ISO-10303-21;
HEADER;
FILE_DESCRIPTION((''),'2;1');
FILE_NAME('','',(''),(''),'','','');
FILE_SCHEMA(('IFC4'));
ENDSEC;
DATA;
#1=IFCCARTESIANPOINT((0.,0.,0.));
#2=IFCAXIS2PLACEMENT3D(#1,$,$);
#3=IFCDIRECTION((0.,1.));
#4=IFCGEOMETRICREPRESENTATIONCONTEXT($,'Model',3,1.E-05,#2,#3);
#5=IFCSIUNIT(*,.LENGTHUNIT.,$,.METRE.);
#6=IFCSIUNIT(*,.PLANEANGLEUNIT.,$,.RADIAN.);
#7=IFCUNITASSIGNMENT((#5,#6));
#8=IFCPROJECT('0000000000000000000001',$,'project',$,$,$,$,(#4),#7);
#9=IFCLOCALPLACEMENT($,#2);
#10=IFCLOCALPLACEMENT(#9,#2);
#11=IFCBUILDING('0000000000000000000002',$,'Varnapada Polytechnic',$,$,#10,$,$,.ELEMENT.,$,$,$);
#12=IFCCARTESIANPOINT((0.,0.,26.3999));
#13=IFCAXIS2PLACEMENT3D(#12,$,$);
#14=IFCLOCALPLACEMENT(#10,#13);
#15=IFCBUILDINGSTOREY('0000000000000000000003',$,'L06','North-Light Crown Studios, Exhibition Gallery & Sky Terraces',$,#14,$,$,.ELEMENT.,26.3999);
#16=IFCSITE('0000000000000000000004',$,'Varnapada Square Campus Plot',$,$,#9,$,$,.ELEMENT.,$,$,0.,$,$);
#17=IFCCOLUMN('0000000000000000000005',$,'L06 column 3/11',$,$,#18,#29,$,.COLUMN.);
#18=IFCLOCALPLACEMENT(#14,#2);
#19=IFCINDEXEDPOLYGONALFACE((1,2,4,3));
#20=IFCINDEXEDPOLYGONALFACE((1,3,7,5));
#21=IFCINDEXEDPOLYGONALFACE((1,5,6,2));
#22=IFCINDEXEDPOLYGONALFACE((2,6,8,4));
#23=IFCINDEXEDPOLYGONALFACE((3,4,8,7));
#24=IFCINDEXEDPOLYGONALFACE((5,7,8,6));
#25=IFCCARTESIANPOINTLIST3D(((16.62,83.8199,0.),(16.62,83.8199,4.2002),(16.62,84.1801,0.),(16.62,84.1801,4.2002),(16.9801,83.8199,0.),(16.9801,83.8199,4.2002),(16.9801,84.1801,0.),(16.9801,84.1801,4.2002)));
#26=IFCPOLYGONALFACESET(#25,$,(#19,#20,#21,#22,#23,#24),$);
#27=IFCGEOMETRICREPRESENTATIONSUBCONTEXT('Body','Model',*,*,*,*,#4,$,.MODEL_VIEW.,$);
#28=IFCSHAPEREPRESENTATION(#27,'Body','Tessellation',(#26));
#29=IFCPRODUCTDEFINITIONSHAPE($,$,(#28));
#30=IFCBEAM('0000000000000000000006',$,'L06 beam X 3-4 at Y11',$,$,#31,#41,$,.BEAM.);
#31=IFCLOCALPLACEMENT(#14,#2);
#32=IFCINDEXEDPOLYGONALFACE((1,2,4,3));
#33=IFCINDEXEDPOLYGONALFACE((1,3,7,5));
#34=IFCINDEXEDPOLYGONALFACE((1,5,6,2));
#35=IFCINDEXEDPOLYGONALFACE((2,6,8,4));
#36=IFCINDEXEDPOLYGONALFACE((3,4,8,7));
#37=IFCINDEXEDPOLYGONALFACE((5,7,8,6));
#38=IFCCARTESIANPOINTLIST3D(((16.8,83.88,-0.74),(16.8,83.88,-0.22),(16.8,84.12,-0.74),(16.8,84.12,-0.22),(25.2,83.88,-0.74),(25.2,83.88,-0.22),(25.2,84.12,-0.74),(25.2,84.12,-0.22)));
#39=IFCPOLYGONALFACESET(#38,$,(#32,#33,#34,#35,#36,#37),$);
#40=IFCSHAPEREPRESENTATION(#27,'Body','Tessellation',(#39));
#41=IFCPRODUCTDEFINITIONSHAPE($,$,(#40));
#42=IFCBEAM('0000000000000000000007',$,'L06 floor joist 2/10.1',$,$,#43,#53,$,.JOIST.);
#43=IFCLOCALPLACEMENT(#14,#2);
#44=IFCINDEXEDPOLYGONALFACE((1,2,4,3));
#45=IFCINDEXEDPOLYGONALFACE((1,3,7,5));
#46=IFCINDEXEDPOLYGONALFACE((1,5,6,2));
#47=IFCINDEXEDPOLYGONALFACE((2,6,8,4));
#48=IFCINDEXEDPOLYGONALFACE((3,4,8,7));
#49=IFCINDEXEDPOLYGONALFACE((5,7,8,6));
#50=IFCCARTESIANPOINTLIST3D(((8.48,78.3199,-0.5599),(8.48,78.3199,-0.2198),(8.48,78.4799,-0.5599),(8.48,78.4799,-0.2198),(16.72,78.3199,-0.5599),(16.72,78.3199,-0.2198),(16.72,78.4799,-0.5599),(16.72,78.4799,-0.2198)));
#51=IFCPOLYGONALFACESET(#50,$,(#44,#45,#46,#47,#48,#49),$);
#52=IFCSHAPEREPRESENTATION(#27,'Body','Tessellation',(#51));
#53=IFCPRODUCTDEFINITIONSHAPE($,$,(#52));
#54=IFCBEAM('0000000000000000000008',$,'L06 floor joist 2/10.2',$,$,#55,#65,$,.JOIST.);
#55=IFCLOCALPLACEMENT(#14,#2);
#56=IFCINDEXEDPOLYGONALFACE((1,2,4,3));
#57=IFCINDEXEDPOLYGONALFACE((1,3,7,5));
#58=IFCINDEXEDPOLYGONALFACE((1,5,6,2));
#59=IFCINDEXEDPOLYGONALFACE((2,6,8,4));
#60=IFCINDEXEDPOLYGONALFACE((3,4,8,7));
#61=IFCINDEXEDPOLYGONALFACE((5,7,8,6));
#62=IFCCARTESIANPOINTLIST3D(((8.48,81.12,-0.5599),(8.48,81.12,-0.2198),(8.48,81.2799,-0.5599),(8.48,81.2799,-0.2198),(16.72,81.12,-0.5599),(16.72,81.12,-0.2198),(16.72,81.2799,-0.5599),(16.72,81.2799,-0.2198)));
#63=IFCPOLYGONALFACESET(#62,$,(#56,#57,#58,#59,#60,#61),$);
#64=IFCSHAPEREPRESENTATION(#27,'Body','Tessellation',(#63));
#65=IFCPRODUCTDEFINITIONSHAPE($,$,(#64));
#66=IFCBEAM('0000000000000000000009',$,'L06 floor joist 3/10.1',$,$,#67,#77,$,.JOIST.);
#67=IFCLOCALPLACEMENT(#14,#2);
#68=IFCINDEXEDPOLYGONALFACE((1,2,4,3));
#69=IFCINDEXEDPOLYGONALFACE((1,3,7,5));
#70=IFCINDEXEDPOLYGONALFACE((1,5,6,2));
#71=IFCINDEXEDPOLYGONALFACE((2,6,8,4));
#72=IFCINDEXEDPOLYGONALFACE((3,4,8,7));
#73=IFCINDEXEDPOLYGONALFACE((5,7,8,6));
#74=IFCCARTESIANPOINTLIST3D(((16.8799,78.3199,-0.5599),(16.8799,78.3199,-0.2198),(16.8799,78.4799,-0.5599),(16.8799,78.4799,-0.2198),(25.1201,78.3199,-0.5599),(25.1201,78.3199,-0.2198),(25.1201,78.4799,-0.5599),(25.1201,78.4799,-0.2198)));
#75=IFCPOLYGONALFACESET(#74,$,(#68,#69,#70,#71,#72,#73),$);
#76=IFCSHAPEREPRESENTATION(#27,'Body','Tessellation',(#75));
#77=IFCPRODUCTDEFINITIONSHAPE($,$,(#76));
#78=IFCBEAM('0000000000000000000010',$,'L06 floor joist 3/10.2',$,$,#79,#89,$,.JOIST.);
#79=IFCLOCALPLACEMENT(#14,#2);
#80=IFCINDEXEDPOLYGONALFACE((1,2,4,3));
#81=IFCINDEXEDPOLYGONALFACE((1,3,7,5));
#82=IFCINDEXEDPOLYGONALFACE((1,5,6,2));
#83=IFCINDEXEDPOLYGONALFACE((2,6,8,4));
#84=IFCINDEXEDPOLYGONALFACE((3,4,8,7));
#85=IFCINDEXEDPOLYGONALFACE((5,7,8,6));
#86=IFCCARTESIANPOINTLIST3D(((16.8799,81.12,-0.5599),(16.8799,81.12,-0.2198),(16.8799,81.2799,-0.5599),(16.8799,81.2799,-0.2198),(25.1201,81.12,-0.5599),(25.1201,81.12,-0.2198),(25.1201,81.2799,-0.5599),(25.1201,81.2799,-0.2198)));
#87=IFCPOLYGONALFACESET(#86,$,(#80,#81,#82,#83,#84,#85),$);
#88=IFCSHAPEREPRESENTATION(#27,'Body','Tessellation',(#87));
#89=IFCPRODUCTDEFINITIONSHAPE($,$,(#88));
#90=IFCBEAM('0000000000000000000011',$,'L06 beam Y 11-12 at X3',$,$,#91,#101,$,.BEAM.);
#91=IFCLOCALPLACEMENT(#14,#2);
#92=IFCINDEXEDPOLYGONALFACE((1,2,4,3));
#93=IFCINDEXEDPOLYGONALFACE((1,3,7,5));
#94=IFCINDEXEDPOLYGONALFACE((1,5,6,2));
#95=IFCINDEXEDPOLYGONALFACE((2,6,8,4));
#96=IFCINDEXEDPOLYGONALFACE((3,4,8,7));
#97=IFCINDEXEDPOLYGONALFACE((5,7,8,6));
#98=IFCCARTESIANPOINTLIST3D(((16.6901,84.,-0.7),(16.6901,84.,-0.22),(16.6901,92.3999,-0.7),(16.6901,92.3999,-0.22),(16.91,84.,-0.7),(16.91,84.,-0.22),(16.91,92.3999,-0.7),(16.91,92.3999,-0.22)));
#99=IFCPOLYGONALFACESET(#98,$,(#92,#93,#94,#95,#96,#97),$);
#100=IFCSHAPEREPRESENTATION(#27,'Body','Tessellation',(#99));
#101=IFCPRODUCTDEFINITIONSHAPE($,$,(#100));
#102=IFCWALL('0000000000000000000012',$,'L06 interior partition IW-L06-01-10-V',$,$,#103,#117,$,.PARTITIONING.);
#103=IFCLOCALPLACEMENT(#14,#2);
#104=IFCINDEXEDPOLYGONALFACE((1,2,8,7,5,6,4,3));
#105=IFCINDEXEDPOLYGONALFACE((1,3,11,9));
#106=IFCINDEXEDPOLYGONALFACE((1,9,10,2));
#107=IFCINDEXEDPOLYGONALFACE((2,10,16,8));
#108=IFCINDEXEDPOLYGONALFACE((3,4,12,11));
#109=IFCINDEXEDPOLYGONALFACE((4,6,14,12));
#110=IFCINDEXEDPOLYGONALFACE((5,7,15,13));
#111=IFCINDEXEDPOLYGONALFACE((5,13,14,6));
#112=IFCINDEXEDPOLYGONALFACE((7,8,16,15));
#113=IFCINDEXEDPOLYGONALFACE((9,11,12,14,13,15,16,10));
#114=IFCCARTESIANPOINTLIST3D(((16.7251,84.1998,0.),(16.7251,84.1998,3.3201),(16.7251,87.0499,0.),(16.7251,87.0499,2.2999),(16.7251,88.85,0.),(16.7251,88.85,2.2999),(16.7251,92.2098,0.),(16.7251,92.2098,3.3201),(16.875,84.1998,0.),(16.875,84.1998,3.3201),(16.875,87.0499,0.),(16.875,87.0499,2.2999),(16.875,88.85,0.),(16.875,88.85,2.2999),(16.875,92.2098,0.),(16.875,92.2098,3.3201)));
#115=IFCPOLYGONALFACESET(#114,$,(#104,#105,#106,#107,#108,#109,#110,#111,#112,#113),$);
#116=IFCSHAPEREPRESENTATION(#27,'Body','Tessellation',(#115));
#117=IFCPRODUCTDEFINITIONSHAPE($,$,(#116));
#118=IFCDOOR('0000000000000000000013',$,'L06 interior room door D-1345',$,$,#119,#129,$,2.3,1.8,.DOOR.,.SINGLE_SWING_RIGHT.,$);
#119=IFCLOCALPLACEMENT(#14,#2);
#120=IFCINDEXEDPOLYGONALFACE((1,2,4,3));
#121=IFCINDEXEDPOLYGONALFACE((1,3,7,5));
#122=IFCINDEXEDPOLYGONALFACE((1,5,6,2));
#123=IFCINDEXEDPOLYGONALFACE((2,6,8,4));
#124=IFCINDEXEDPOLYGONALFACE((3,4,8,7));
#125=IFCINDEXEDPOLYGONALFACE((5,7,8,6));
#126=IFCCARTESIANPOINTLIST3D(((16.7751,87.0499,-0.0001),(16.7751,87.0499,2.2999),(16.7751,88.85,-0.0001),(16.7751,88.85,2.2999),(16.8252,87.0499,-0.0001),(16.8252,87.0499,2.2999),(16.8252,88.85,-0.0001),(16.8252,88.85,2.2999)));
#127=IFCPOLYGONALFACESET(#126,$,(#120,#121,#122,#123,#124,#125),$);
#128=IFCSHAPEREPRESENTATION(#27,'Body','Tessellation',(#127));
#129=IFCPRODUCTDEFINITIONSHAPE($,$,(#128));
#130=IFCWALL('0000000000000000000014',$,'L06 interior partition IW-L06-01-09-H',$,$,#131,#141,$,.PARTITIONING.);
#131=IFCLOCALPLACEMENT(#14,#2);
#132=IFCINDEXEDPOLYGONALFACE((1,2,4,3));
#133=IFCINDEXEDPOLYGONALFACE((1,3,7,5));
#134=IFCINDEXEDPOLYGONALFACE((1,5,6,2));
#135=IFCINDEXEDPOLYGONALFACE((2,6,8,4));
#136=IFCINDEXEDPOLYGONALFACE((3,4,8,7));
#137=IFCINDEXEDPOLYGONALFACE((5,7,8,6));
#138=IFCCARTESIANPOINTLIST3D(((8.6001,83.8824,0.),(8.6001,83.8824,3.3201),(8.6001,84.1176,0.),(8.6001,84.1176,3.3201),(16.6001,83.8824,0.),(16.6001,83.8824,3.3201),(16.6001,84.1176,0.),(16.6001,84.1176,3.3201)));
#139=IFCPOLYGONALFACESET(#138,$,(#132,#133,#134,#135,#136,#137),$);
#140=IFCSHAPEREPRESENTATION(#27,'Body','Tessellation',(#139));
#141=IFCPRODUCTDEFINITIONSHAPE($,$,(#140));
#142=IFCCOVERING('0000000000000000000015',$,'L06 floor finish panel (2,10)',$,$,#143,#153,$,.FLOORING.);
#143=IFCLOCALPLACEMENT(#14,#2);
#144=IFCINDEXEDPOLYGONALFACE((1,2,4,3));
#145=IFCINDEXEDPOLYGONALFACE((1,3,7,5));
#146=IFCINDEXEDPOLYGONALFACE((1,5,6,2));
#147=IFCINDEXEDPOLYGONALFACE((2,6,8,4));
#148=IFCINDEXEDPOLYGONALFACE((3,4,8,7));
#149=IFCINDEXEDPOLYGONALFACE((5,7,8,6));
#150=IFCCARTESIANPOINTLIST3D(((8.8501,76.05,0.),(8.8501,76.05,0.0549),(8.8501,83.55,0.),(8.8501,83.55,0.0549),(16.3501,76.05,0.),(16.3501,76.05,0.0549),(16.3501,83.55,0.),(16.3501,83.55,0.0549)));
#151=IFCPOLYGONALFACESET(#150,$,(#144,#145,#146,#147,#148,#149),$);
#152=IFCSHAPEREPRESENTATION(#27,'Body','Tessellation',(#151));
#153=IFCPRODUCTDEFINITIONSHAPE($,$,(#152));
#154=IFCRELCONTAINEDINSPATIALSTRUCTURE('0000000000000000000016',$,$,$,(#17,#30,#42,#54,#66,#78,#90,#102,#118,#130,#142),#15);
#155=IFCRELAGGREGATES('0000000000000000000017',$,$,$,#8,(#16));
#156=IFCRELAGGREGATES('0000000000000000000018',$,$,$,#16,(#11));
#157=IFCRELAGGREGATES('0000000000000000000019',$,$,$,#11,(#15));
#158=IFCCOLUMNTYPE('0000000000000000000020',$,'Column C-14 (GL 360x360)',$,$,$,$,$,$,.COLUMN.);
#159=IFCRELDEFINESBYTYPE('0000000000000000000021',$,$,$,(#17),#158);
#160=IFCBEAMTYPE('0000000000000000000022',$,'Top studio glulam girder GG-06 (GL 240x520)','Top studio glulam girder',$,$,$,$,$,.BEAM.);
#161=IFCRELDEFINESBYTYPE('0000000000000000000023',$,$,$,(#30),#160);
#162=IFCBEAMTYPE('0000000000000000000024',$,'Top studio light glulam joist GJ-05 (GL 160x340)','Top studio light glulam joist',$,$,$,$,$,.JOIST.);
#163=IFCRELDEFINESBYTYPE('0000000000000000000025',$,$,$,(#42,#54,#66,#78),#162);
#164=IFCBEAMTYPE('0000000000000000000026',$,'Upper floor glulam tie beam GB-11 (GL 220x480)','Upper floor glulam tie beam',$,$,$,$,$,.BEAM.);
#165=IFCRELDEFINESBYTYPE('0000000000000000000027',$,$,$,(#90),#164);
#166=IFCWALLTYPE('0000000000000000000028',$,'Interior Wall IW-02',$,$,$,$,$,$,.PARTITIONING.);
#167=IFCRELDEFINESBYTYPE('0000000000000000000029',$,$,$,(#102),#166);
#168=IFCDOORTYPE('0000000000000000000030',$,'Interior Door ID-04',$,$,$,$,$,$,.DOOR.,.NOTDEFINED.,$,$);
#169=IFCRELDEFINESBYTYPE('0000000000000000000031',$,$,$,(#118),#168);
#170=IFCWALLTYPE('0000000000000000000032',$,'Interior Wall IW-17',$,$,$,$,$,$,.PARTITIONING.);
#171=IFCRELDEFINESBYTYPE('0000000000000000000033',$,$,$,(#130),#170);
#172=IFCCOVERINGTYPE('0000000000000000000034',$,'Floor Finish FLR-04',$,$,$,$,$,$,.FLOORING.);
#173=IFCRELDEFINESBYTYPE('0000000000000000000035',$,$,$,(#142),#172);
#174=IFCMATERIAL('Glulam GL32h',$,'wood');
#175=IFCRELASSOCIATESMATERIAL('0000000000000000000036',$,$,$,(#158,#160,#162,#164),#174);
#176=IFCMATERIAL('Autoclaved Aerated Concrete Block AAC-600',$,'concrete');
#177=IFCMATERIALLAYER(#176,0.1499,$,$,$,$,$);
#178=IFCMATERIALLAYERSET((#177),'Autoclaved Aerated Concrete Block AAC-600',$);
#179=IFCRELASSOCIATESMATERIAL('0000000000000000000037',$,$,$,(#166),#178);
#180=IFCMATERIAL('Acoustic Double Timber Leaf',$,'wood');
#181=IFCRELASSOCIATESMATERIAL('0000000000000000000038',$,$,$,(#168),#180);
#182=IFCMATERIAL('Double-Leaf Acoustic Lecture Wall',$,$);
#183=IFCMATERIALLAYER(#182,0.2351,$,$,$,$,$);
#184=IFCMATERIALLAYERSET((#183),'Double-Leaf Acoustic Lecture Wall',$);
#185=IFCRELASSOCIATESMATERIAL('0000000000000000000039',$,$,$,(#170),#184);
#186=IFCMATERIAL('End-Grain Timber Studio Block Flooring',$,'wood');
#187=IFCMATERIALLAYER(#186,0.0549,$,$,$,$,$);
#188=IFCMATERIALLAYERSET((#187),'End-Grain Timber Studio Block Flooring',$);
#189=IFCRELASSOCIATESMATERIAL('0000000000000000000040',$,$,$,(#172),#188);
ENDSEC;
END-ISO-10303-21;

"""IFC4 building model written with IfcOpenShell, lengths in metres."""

from ifc_helpers import new_model, si_unit, direction, frame, frame_2d, origin, origin_2d, place, context, subcontext, project, spatial, rectangle, extrude, material, layer, layer_set, material_profile, profile_set, type_object, element, fill, save


model = new_model("IFC4")

# Units and contexts
model_context = context("Model", 3, precision=1e-05, world=origin(), true_north=direction((0.0, 1.0)))
body_context = subcontext(model_context, "Body", "Model", "MODEL_VIEW")
ifc_project = project(units=[si_unit("LENGTHUNIT", "METRE"), si_unit("PLANEANGLEUNIT", "RADIAN")], contexts=[model_context])

# Site, building, storey
site_placement = place(None, origin())
site = spatial("IfcSite", under=ifc_project, at=site_placement, Name="Varnapada Square Campus Plot", CompositionType="ELEMENT", RefElevation=0.0)
building_placement = place(site_placement, origin())
building = spatial("IfcBuilding", under=site, at=building_placement, Name="Varnapada Polytechnic", CompositionType="ELEMENT")
storey_placement = place(building_placement, frame((0.0, 0.0, 26.3999)))
storey = spatial("IfcBuildingStorey", under=building, at=storey_placement, Name="L06", Description="North-Light Crown Studios, Exhibition Gallery & Sky Terraces", CompositionType="ELEMENT", Elevation=26.3999)

# Column
ifc_material_1 = material(Name="Glulam GL32h", Category="wood")
ifc_material_profile_1 = material_profile(ifc_material_1, rectangle(XDim=0.3601, YDim=0.3601, at=origin_2d()), Name="GL 360x360")
ifc_profile_set_1 = profile_set([ifc_material_profile_1], Name="Glulam GL32h")
column_type = type_object("IfcColumnType", Name="Column C-14 (GL 360x360)", PredefinedType="COLUMN", material=ifc_profile_set_1)
column_placement = place(storey_placement, frame((16.8, 84.0, 0.0), z_axis=(0.0, 0.0, 1.0), x_axis=(1.0, 0.0, 0.0)))
element("IfcColumn", 1, at=column_placement, inside=storey, type_object=column_type, Name="L06 column 3/11", PredefinedType="COLUMN", context=body_context, shape_type="SweptSolid", body=[
    extrude(rectangle(XDim=0.3601, YDim=0.3601, at=origin_2d()), origin(), (0.0, 0.0, 1.0), 4.2002),
])

# Beams
ifc_material_profile_2 = material_profile(ifc_material_1, rectangle(XDim=0.24, YDim=0.52, at=origin_2d()), Name="GL 240x520")
ifc_profile_set_2 = profile_set([ifc_material_profile_2], Name="Glulam GL32h")
beam_type_1 = type_object("IfcBeamType", Name="Top studio glulam girder GG-06 (GL 240x520)", Description="Top studio glulam girder", PredefinedType="BEAM", material=ifc_profile_set_2)
beam_1_placement = place(storey_placement, frame((16.8, 84.0, -0.48), z_axis=(1.0, 0.0, 0.0), x_axis=(0.0, 1.0, 0.0)))
element("IfcBeam", 2, at=beam_1_placement, inside=storey, type_object=beam_type_1, Name="L06 beam X 3-4 at Y11", PredefinedType="BEAM", context=body_context, shape_type="SweptSolid", body=[
    extrude(rectangle(XDim=0.24, YDim=0.52, at=origin_2d()), origin(), (0.0, 0.0, 1.0), 8.3999),
])
ifc_material_profile_3 = material_profile(ifc_material_1, rectangle(XDim=0.1599, YDim=0.3401, at=origin_2d()), Name="GL 160x340")
ifc_profile_set_3 = profile_set([ifc_material_profile_3], Name="Glulam GL32h")
beam_type_2 = type_object("IfcBeamType", Name="Top studio light glulam joist GJ-05 (GL 160x340)", Description="Top studio light glulam joist", PredefinedType="JOIST", material=ifc_profile_set_3)
for number, where, z_axis, x_axis, name in (
    (3, (8.48, 78.3999, -0.3899), (1.0, 0.0, 0.0), (0.0, 1.0, 0.0), "L06 floor joist 2/10.1"),
    (4, (8.48, 81.2, -0.3899), (1.0, 0.0, 0.0), (0.0, 1.0, 0.0), "L06 floor joist 2/10.2"),
):
    element("IfcBeam", number, at=place(storey_placement, frame(where, z_axis=z_axis, x_axis=x_axis)), inside=storey, type_object=beam_type_2, Name=name, PredefinedType="JOIST", context=body_context, shape_type="SweptSolid", body=[
        extrude(rectangle(XDim=0.1599, YDim=0.3401, at=origin_2d()), origin(), (0.0, 0.0, 1.0), 8.24),
    ])
for number, where, z_axis, x_axis, name in (
    (5, (16.8799, 78.3999, -0.3899), (1.0, 0.0, 0.0), (0.0, 1.0, 0.0), "L06 floor joist 3/10.1"),
    (6, (16.8799, 81.2, -0.3899), (1.0, 0.0, 0.0), (0.0, 1.0, 0.0), "L06 floor joist 3/10.2"),
):
    element("IfcBeam", number, at=place(storey_placement, frame(where, z_axis=z_axis, x_axis=x_axis)), inside=storey, type_object=beam_type_2, Name=name, PredefinedType="JOIST", context=body_context, shape_type="SweptSolid", body=[
        extrude(rectangle(XDim=0.1599, YDim=0.3401, at=origin_2d()), origin(), (0.0, 0.0, 1.0), 8.2402),
    ])
ifc_material_profile_4 = material_profile(ifc_material_1, rectangle(XDim=0.22, YDim=0.48, at=origin_2d()), Name="GL 220x480")
ifc_profile_set_4 = profile_set([ifc_material_profile_4], Name="Glulam GL32h")
beam_type_3 = type_object("IfcBeamType", Name="Upper floor glulam tie beam GB-11 (GL 220x480)", Description="Upper floor glulam tie beam", PredefinedType="BEAM", material=ifc_profile_set_4)
beam_2_placement = place(storey_placement, frame((16.8, 84.0, -0.46), z_axis=(0.0, 1.0, 0.0), x_axis=(-1.0, 0.0, 0.0)))
element("IfcBeam", 7, at=beam_2_placement, inside=storey, type_object=beam_type_3, Name="L06 beam Y 11-12 at X3", PredefinedType="BEAM", context=body_context, shape_type="SweptSolid", body=[
    extrude(rectangle(XDim=0.22, YDim=0.48, at=origin_2d()), origin(), (0.0, 0.0, 1.0), 8.3999),
])

# Wall, opening, door
ifc_material_2 = material(Name="Autoclaved Aerated Concrete Block AAC-600", Category="concrete")
ifc_layer_1 = layer(ifc_material_2, 0.1499)
ifc_layer_set_1 = layer_set([ifc_layer_1], Name="Autoclaved Aerated Concrete Block AAC-600")
wall_type_1 = type_object("IfcWallType", Name="Interior Wall IW-02", PredefinedType="PARTITIONING", material=ifc_layer_set_1)
wall_1_placement = place(storey_placement, frame((16.8, 84.2, 0.0), z_axis=(0.0, 0.0, 1.0), x_axis=(0.0, 1.0, 0.0)))
wall_1 = element("IfcWall", 8, at=wall_1_placement, inside=storey, type_object=wall_type_1, Name="L06 interior partition IW-L06-01-10-V", PredefinedType="PARTITIONING", context=body_context, shape_type="SweptSolid", body=[
    extrude(rectangle(XDim=8.01, YDim=0.1499, at=frame_2d((4.0049, 0.0))), origin(), (0.0, 0.0, 1.0), 3.3201),
])
opening_placement = place(wall_1_placement, frame((2.8501, 0.0, 0.0)))
opening = element("IfcOpeningElement", 9, at=opening_placement, cuts=wall_1, PredefinedType="OPENING", context=body_context, shape_type="SweptSolid", body=[
    extrude(rectangle(XDim=1.8, YDim=2.3, at=frame_2d((0.8999, 1.1499))), frame((0.0, 0.085, 0.0), z_axis=(0.0, -1.0, 0.0), x_axis=(1.0, 0.0, 0.0)), (0.0, 0.0, 1.0), 0.1699),
])
ifc_material_3 = material(Name="Acoustic Double Timber Leaf", Category="wood")
door_type = type_object("IfcDoorType", Name="Interior Door ID-04", OperationType="NOTDEFINED", PredefinedType="DOOR", material=ifc_material_3)
door_placement = place(opening_placement, origin())
door = element("IfcDoor", 10, at=door_placement, inside=storey, type_object=door_type, Name="L06 interior room door D-1345", OperationType="SINGLE_SWING_RIGHT", OverallHeight=2.3, OverallWidth=1.8, PredefinedType="DOOR", context=body_context, shape_type="SweptSolid", body=[
    extrude(rectangle(XDim=1.8, YDim=2.3, at=frame_2d((0.8999, 1.1499))), frame((0.0, 0.0249, 0.0), z_axis=(0.0, -1.0, 0.0), x_axis=(1.0, 0.0, 0.0)), (0.0, 0.0, 1.0), 0.05),
])
fill(opening, door)

# Wall
ifc_material_4 = material(Name="Double-Leaf Acoustic Lecture Wall")
ifc_layer_2 = layer(ifc_material_4, 0.2351)
ifc_layer_set_2 = layer_set([ifc_layer_2], Name="Double-Leaf Acoustic Lecture Wall")
wall_type_2 = type_object("IfcWallType", Name="Interior Wall IW-17", PredefinedType="PARTITIONING", material=ifc_layer_set_2)
wall_2_placement = place(storey_placement, frame((8.6001, 84.0, 0.0), z_axis=(0.0, 0.0, 1.0), x_axis=(1.0, 0.0, 0.0)))
element("IfcWall", 11, at=wall_2_placement, inside=storey, type_object=wall_type_2, Name="L06 interior partition IW-L06-01-09-H", PredefinedType="PARTITIONING", context=body_context, shape_type="SweptSolid", body=[
    extrude(rectangle(XDim=8.0, YDim=0.2351, at=frame_2d((4.0, 0.0))), origin(), (0.0, 0.0, 1.0), 3.3201),
])

# Covering
ifc_material_5 = material(Name="End-Grain Timber Studio Block Flooring", Category="wood")
ifc_layer_3 = layer(ifc_material_5, 0.0549)
ifc_layer_set_3 = layer_set([ifc_layer_3], Name="End-Grain Timber Studio Block Flooring")
covering_type = type_object("IfcCoveringType", Name="Floor Finish FLR-04", PredefinedType="FLOORING", material=ifc_layer_set_3)
covering_placement = place(storey_placement, frame((12.6001, 79.8, 0.0), z_axis=(0.0, 0.0, 1.0), x_axis=(1.0, 0.0, 0.0)))
element("IfcCovering", 12, at=covering_placement, inside=storey, type_object=covering_type, Name="L06 floor finish panel (2,10)", PredefinedType="FLOORING", context=body_context, shape_type="SweptSolid", body=[
    extrude(rectangle(XDim=7.5, YDim=7.5, at=origin_2d()), origin(), (0.0, 0.0, 1.0), 0.0549),
])

save(model, "model.ifc")
